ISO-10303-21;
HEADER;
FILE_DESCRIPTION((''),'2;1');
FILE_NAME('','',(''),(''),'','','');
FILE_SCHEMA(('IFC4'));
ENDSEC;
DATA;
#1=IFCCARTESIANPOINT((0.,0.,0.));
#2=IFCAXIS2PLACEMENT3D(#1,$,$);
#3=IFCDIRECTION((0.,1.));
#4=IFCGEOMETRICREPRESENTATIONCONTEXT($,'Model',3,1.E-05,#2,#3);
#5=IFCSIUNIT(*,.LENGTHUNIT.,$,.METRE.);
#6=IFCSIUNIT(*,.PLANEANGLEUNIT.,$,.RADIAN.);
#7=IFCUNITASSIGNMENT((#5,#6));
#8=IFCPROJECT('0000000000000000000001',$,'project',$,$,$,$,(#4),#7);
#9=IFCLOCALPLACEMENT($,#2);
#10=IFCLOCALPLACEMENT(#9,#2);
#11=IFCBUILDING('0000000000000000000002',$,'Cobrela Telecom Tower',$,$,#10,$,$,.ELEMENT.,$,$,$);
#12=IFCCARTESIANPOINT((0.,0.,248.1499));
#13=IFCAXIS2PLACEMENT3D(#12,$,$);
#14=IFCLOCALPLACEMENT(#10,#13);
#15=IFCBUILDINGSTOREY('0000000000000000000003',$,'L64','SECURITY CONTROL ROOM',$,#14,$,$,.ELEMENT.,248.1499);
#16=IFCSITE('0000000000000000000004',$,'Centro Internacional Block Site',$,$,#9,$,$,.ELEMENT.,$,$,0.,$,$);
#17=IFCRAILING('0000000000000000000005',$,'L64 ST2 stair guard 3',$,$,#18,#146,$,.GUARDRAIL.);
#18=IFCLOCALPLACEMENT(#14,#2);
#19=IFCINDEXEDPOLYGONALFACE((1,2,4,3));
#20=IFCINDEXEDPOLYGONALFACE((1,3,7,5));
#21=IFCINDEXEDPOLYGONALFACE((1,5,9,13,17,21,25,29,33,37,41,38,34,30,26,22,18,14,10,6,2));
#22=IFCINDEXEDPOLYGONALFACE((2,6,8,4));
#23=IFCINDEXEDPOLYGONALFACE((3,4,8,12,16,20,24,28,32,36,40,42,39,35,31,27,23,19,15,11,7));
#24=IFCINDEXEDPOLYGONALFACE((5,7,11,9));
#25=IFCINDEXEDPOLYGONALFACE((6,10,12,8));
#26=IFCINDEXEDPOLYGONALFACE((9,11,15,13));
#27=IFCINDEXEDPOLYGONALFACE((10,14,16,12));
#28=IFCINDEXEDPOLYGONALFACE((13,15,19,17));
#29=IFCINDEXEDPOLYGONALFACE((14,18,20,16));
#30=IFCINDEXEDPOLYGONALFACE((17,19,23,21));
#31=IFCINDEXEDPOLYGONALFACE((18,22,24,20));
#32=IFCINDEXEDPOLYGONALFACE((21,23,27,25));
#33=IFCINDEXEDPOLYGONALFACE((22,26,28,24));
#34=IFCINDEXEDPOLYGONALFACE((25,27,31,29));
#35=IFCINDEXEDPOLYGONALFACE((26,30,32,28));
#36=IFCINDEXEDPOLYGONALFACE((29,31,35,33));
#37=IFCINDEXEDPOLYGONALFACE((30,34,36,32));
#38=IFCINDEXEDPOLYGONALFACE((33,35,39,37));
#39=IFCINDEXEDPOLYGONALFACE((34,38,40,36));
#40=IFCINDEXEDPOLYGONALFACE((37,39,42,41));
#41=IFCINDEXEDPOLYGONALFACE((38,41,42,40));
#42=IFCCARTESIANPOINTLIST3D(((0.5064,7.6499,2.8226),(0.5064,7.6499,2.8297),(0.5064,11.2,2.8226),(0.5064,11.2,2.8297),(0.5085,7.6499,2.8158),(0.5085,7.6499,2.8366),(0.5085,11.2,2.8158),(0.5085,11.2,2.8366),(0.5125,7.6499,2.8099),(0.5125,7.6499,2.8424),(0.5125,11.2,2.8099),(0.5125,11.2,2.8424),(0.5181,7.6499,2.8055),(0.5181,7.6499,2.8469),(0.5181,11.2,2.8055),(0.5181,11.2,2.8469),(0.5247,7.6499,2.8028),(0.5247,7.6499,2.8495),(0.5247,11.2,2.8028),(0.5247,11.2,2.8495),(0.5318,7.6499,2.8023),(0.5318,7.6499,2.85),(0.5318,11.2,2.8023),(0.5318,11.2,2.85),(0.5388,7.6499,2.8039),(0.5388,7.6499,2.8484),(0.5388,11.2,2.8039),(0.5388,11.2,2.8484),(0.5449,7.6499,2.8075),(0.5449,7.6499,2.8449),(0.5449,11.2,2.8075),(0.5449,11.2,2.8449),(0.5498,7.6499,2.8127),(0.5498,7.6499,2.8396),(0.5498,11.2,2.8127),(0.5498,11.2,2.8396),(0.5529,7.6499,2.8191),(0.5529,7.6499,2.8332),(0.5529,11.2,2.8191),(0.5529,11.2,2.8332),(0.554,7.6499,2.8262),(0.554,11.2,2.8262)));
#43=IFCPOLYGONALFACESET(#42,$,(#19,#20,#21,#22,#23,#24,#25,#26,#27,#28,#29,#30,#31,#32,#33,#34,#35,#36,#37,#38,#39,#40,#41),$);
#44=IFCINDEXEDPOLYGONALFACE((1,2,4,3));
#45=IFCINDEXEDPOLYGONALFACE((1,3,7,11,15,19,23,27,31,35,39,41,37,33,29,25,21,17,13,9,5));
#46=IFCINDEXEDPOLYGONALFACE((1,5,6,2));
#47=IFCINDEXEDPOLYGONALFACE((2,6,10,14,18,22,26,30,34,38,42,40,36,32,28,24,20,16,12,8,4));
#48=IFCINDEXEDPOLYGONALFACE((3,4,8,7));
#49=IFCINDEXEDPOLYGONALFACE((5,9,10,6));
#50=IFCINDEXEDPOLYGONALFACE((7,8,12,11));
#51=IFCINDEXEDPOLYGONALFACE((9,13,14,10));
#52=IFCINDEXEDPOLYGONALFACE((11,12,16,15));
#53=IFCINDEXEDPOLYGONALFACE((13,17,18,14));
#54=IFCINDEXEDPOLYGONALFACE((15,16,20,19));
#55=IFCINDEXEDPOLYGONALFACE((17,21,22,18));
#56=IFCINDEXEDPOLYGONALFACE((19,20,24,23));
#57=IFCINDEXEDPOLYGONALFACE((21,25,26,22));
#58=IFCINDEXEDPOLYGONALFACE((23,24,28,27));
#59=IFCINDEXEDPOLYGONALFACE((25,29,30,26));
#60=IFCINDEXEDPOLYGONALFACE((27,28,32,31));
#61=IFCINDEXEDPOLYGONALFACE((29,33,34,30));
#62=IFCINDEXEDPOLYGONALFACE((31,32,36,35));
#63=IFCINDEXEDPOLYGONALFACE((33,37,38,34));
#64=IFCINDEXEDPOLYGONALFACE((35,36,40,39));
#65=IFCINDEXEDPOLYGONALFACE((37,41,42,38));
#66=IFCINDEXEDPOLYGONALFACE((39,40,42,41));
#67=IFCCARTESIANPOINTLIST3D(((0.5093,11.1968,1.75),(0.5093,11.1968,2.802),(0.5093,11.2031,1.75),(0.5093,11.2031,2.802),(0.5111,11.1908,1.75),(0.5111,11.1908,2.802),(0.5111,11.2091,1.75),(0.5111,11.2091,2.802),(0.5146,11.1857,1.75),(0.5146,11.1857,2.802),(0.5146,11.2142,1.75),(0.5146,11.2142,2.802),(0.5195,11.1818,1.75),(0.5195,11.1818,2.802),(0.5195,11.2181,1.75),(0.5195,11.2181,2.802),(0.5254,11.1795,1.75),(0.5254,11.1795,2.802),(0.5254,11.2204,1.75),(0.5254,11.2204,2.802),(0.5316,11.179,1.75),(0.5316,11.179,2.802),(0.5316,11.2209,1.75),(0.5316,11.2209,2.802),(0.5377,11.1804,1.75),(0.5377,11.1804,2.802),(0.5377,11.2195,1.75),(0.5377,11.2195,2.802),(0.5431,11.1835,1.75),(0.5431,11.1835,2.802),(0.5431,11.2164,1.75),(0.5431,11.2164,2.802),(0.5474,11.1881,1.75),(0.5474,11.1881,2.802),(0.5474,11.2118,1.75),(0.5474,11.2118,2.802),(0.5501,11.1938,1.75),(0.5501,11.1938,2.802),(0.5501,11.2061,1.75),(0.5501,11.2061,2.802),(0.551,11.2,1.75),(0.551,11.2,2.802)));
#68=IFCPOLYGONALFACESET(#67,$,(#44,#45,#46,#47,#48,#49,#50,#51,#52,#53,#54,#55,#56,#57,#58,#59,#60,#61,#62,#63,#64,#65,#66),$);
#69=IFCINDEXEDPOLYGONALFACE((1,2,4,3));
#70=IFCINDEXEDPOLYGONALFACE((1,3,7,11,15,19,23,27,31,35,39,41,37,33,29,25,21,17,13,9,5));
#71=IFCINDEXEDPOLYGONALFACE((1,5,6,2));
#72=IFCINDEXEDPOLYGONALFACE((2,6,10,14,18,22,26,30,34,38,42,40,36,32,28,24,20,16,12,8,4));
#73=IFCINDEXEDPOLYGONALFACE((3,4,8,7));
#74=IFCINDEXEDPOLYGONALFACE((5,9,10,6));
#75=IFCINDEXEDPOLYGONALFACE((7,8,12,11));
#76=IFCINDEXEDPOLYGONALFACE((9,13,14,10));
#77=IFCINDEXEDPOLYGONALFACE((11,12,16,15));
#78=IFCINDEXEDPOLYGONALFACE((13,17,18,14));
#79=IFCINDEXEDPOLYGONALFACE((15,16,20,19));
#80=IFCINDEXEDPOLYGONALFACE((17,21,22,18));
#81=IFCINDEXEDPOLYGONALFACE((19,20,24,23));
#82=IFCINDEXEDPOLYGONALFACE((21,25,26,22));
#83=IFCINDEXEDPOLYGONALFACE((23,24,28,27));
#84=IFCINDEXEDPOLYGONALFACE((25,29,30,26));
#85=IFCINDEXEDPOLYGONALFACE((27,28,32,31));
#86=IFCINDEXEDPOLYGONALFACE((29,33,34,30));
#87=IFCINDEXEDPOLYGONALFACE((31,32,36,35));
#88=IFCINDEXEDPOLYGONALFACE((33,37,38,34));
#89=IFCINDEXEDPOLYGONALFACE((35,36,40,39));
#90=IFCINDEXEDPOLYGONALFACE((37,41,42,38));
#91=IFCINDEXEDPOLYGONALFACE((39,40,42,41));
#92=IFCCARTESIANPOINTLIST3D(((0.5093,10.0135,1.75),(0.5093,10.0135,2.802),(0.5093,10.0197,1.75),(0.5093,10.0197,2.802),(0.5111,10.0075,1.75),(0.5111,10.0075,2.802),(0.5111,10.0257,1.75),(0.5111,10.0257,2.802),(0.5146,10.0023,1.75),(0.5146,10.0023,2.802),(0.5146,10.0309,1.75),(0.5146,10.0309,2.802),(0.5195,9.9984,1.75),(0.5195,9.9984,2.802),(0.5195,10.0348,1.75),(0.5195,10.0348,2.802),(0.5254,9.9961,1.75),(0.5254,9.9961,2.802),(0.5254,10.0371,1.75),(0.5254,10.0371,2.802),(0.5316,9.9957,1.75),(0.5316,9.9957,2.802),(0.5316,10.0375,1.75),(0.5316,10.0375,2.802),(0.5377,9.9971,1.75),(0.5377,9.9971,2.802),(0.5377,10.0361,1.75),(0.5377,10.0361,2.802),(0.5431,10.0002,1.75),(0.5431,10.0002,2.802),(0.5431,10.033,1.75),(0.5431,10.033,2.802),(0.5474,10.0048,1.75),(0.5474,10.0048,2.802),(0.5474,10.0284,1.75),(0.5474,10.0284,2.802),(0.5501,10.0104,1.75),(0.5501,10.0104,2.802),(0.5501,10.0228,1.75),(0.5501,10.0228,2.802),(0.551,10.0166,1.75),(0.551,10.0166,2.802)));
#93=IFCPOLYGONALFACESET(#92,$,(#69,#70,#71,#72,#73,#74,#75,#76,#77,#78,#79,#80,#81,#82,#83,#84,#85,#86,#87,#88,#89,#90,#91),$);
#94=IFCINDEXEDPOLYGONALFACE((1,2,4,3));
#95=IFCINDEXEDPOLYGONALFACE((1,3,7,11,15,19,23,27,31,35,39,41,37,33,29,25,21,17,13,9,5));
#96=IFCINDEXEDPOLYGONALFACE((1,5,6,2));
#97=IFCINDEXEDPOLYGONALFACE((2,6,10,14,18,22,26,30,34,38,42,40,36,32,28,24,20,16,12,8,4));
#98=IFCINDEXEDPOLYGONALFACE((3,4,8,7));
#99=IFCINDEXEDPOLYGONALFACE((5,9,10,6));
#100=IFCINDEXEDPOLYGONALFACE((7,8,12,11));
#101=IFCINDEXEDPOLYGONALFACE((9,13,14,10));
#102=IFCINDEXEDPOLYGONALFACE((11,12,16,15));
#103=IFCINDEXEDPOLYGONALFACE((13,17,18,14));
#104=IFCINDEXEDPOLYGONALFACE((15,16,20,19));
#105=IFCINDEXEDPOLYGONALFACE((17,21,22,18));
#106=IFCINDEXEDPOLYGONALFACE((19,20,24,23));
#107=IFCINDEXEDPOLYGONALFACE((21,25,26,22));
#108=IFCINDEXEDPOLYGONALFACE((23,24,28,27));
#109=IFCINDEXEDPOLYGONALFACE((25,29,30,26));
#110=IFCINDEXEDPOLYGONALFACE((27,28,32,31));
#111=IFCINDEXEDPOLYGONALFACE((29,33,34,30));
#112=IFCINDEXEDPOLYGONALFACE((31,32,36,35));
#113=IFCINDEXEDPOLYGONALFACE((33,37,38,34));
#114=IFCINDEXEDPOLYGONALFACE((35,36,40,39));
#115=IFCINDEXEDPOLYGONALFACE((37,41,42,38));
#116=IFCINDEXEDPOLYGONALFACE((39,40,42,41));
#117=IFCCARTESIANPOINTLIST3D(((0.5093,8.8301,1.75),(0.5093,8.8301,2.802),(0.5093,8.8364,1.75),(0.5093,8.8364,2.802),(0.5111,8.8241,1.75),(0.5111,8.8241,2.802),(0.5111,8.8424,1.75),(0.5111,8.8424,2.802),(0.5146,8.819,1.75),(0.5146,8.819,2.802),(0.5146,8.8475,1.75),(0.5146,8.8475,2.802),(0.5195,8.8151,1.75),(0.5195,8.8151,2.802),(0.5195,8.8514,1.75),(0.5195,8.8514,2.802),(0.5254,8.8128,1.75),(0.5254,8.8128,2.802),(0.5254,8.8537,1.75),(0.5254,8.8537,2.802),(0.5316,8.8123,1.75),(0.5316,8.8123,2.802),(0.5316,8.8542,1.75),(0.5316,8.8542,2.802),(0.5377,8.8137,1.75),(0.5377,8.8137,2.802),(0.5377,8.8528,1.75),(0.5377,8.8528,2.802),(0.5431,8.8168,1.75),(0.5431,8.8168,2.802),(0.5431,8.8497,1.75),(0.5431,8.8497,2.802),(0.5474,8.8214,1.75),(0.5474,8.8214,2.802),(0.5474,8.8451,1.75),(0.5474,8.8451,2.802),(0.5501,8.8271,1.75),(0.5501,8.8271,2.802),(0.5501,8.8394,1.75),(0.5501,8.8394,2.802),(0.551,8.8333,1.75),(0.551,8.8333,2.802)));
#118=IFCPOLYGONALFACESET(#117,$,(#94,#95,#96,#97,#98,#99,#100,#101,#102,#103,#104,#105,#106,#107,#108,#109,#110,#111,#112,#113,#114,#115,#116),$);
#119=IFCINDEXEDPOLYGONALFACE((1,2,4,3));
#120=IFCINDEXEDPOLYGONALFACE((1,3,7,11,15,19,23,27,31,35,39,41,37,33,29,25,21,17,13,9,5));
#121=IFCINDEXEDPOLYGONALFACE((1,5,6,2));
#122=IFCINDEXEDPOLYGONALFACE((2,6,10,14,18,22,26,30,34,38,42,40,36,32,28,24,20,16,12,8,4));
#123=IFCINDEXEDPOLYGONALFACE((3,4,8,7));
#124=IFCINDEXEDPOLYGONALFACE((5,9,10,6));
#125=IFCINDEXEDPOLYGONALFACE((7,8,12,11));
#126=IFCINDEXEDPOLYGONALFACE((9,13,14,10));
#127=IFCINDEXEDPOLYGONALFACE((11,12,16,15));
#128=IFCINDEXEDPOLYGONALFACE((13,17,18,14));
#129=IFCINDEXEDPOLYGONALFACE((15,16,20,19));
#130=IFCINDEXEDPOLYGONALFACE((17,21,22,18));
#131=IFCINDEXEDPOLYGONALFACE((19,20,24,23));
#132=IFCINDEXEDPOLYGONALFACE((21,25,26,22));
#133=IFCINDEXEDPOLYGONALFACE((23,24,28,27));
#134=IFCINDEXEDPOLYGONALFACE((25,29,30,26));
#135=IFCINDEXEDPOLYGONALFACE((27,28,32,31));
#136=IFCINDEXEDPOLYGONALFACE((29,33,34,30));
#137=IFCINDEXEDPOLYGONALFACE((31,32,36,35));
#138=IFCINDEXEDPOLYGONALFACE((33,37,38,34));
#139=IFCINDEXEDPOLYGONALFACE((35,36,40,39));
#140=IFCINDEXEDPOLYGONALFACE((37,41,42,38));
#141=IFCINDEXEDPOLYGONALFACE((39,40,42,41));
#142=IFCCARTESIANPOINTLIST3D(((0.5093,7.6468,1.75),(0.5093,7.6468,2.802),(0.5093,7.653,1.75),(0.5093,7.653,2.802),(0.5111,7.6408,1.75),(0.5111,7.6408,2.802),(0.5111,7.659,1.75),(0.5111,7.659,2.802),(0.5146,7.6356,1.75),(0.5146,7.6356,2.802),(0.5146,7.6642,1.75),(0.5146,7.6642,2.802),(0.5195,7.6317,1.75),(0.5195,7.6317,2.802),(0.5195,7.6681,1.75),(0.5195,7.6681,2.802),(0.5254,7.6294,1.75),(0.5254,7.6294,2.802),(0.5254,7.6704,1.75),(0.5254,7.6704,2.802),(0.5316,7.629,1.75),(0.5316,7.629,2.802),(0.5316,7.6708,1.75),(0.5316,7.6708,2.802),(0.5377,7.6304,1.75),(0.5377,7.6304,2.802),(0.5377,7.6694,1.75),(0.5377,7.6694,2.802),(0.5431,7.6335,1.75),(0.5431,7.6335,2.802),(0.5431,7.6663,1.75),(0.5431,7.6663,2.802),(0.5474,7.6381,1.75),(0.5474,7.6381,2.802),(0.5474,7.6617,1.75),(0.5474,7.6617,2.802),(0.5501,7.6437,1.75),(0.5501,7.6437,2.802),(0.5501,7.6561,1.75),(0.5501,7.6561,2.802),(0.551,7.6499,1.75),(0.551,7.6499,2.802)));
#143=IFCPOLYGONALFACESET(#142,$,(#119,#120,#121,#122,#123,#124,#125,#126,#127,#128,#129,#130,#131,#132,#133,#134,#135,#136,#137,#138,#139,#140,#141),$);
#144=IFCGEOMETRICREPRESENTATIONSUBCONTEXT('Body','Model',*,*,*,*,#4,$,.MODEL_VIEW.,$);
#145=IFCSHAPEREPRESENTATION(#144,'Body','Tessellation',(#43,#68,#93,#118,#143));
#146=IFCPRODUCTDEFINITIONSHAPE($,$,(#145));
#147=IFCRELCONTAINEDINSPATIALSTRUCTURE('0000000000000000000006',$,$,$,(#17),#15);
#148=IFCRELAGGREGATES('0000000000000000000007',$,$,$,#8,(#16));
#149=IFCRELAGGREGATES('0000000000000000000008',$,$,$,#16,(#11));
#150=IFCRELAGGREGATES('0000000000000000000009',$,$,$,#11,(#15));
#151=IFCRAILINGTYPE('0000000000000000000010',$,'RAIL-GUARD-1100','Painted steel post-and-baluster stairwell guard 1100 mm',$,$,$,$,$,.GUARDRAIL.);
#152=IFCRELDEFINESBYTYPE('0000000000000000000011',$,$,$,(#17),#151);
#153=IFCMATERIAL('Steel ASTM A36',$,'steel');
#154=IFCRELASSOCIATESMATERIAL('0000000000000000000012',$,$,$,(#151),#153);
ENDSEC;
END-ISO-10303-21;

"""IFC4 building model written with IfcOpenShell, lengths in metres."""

from ifc_helpers import new_model, si_unit, direction, frame, origin, origin_2d, place, context, subcontext, project, spatial, circle, extrude, material, type_object, element, save


model = new_model("IFC4")

# Units and contexts
model_context = context("Model", 3, precision=1e-05, world=origin(), true_north=direction((0.0, 1.0)))
body_context = subcontext(model_context, "Body", "Model", "MODEL_VIEW")
ifc_project = project(units=[si_unit("LENGTHUNIT", "METRE"), si_unit("PLANEANGLEUNIT", "RADIAN")], contexts=[model_context])

# Site, building, storey
site_placement = place(None, origin())
site = spatial("IfcSite", under=ifc_project, at=site_placement, Name="Centro Internacional Block Site", CompositionType="ELEMENT", RefElevation=0.0)
building_placement = place(site_placement, origin())
building = spatial("IfcBuilding", under=site, at=building_placement, Name="Cobrela Telecom Tower", CompositionType="ELEMENT")
storey_placement = place(building_placement, frame((0.0, 0.0, 248.1499)))
storey = spatial("IfcBuildingStorey", under=building, at=storey_placement, Name="L64", Description="SECURITY CONTROL ROOM", CompositionType="ELEMENT", Elevation=248.1499)

# Shared definitions
ifc_material_1 = material(Name="Steel ASTM A36", Category="steel")

# Railing
railing_type = type_object("IfcRailingType", Name="RAIL-GUARD-1100", Description="Painted steel post-and-baluster stairwell guard 1100 mm", PredefinedType="GUARDRAIL", material=ifc_material_1)
railing_1_placement = place(storey_placement, frame((0.53, 11.2, 1.75)))
element("IfcRailing", 1, at=railing_1_placement, inside=storey, type_object=railing_type, Name="L64 ST2 stair guard 3", PredefinedType="GUARDRAIL", context=body_context, shape_type="SweptSolid", body=[
    extrude(circle(Radius=0.0239, at=origin_2d()), frame((0.0, 0.0, 1.0762), z_axis=(0.0, -1.0, 0.0), x_axis=(1.0, 0.0, 0.0)), (0.0, 0.0, 1.0), 3.55),
    extrude(circle(Radius=0.021, at=origin_2d()), origin(), (0.0, 0.0, 1.0), 1.052),
    extrude(circle(Radius=0.021, at=origin_2d()), frame((0.0, -1.1833, 0.0)), (0.0, 0.0, 1.0), 1.052),
    extrude(circle(Radius=0.021, at=origin_2d()), frame((0.0, -2.3667, 0.0)), (0.0, 0.0, 1.0), 1.052),
    extrude(circle(Radius=0.021, at=origin_2d()), frame((0.0, -3.55, 0.0)), (0.0, 0.0, 1.0), 1.052),
])

save(model, "model.ifc")
